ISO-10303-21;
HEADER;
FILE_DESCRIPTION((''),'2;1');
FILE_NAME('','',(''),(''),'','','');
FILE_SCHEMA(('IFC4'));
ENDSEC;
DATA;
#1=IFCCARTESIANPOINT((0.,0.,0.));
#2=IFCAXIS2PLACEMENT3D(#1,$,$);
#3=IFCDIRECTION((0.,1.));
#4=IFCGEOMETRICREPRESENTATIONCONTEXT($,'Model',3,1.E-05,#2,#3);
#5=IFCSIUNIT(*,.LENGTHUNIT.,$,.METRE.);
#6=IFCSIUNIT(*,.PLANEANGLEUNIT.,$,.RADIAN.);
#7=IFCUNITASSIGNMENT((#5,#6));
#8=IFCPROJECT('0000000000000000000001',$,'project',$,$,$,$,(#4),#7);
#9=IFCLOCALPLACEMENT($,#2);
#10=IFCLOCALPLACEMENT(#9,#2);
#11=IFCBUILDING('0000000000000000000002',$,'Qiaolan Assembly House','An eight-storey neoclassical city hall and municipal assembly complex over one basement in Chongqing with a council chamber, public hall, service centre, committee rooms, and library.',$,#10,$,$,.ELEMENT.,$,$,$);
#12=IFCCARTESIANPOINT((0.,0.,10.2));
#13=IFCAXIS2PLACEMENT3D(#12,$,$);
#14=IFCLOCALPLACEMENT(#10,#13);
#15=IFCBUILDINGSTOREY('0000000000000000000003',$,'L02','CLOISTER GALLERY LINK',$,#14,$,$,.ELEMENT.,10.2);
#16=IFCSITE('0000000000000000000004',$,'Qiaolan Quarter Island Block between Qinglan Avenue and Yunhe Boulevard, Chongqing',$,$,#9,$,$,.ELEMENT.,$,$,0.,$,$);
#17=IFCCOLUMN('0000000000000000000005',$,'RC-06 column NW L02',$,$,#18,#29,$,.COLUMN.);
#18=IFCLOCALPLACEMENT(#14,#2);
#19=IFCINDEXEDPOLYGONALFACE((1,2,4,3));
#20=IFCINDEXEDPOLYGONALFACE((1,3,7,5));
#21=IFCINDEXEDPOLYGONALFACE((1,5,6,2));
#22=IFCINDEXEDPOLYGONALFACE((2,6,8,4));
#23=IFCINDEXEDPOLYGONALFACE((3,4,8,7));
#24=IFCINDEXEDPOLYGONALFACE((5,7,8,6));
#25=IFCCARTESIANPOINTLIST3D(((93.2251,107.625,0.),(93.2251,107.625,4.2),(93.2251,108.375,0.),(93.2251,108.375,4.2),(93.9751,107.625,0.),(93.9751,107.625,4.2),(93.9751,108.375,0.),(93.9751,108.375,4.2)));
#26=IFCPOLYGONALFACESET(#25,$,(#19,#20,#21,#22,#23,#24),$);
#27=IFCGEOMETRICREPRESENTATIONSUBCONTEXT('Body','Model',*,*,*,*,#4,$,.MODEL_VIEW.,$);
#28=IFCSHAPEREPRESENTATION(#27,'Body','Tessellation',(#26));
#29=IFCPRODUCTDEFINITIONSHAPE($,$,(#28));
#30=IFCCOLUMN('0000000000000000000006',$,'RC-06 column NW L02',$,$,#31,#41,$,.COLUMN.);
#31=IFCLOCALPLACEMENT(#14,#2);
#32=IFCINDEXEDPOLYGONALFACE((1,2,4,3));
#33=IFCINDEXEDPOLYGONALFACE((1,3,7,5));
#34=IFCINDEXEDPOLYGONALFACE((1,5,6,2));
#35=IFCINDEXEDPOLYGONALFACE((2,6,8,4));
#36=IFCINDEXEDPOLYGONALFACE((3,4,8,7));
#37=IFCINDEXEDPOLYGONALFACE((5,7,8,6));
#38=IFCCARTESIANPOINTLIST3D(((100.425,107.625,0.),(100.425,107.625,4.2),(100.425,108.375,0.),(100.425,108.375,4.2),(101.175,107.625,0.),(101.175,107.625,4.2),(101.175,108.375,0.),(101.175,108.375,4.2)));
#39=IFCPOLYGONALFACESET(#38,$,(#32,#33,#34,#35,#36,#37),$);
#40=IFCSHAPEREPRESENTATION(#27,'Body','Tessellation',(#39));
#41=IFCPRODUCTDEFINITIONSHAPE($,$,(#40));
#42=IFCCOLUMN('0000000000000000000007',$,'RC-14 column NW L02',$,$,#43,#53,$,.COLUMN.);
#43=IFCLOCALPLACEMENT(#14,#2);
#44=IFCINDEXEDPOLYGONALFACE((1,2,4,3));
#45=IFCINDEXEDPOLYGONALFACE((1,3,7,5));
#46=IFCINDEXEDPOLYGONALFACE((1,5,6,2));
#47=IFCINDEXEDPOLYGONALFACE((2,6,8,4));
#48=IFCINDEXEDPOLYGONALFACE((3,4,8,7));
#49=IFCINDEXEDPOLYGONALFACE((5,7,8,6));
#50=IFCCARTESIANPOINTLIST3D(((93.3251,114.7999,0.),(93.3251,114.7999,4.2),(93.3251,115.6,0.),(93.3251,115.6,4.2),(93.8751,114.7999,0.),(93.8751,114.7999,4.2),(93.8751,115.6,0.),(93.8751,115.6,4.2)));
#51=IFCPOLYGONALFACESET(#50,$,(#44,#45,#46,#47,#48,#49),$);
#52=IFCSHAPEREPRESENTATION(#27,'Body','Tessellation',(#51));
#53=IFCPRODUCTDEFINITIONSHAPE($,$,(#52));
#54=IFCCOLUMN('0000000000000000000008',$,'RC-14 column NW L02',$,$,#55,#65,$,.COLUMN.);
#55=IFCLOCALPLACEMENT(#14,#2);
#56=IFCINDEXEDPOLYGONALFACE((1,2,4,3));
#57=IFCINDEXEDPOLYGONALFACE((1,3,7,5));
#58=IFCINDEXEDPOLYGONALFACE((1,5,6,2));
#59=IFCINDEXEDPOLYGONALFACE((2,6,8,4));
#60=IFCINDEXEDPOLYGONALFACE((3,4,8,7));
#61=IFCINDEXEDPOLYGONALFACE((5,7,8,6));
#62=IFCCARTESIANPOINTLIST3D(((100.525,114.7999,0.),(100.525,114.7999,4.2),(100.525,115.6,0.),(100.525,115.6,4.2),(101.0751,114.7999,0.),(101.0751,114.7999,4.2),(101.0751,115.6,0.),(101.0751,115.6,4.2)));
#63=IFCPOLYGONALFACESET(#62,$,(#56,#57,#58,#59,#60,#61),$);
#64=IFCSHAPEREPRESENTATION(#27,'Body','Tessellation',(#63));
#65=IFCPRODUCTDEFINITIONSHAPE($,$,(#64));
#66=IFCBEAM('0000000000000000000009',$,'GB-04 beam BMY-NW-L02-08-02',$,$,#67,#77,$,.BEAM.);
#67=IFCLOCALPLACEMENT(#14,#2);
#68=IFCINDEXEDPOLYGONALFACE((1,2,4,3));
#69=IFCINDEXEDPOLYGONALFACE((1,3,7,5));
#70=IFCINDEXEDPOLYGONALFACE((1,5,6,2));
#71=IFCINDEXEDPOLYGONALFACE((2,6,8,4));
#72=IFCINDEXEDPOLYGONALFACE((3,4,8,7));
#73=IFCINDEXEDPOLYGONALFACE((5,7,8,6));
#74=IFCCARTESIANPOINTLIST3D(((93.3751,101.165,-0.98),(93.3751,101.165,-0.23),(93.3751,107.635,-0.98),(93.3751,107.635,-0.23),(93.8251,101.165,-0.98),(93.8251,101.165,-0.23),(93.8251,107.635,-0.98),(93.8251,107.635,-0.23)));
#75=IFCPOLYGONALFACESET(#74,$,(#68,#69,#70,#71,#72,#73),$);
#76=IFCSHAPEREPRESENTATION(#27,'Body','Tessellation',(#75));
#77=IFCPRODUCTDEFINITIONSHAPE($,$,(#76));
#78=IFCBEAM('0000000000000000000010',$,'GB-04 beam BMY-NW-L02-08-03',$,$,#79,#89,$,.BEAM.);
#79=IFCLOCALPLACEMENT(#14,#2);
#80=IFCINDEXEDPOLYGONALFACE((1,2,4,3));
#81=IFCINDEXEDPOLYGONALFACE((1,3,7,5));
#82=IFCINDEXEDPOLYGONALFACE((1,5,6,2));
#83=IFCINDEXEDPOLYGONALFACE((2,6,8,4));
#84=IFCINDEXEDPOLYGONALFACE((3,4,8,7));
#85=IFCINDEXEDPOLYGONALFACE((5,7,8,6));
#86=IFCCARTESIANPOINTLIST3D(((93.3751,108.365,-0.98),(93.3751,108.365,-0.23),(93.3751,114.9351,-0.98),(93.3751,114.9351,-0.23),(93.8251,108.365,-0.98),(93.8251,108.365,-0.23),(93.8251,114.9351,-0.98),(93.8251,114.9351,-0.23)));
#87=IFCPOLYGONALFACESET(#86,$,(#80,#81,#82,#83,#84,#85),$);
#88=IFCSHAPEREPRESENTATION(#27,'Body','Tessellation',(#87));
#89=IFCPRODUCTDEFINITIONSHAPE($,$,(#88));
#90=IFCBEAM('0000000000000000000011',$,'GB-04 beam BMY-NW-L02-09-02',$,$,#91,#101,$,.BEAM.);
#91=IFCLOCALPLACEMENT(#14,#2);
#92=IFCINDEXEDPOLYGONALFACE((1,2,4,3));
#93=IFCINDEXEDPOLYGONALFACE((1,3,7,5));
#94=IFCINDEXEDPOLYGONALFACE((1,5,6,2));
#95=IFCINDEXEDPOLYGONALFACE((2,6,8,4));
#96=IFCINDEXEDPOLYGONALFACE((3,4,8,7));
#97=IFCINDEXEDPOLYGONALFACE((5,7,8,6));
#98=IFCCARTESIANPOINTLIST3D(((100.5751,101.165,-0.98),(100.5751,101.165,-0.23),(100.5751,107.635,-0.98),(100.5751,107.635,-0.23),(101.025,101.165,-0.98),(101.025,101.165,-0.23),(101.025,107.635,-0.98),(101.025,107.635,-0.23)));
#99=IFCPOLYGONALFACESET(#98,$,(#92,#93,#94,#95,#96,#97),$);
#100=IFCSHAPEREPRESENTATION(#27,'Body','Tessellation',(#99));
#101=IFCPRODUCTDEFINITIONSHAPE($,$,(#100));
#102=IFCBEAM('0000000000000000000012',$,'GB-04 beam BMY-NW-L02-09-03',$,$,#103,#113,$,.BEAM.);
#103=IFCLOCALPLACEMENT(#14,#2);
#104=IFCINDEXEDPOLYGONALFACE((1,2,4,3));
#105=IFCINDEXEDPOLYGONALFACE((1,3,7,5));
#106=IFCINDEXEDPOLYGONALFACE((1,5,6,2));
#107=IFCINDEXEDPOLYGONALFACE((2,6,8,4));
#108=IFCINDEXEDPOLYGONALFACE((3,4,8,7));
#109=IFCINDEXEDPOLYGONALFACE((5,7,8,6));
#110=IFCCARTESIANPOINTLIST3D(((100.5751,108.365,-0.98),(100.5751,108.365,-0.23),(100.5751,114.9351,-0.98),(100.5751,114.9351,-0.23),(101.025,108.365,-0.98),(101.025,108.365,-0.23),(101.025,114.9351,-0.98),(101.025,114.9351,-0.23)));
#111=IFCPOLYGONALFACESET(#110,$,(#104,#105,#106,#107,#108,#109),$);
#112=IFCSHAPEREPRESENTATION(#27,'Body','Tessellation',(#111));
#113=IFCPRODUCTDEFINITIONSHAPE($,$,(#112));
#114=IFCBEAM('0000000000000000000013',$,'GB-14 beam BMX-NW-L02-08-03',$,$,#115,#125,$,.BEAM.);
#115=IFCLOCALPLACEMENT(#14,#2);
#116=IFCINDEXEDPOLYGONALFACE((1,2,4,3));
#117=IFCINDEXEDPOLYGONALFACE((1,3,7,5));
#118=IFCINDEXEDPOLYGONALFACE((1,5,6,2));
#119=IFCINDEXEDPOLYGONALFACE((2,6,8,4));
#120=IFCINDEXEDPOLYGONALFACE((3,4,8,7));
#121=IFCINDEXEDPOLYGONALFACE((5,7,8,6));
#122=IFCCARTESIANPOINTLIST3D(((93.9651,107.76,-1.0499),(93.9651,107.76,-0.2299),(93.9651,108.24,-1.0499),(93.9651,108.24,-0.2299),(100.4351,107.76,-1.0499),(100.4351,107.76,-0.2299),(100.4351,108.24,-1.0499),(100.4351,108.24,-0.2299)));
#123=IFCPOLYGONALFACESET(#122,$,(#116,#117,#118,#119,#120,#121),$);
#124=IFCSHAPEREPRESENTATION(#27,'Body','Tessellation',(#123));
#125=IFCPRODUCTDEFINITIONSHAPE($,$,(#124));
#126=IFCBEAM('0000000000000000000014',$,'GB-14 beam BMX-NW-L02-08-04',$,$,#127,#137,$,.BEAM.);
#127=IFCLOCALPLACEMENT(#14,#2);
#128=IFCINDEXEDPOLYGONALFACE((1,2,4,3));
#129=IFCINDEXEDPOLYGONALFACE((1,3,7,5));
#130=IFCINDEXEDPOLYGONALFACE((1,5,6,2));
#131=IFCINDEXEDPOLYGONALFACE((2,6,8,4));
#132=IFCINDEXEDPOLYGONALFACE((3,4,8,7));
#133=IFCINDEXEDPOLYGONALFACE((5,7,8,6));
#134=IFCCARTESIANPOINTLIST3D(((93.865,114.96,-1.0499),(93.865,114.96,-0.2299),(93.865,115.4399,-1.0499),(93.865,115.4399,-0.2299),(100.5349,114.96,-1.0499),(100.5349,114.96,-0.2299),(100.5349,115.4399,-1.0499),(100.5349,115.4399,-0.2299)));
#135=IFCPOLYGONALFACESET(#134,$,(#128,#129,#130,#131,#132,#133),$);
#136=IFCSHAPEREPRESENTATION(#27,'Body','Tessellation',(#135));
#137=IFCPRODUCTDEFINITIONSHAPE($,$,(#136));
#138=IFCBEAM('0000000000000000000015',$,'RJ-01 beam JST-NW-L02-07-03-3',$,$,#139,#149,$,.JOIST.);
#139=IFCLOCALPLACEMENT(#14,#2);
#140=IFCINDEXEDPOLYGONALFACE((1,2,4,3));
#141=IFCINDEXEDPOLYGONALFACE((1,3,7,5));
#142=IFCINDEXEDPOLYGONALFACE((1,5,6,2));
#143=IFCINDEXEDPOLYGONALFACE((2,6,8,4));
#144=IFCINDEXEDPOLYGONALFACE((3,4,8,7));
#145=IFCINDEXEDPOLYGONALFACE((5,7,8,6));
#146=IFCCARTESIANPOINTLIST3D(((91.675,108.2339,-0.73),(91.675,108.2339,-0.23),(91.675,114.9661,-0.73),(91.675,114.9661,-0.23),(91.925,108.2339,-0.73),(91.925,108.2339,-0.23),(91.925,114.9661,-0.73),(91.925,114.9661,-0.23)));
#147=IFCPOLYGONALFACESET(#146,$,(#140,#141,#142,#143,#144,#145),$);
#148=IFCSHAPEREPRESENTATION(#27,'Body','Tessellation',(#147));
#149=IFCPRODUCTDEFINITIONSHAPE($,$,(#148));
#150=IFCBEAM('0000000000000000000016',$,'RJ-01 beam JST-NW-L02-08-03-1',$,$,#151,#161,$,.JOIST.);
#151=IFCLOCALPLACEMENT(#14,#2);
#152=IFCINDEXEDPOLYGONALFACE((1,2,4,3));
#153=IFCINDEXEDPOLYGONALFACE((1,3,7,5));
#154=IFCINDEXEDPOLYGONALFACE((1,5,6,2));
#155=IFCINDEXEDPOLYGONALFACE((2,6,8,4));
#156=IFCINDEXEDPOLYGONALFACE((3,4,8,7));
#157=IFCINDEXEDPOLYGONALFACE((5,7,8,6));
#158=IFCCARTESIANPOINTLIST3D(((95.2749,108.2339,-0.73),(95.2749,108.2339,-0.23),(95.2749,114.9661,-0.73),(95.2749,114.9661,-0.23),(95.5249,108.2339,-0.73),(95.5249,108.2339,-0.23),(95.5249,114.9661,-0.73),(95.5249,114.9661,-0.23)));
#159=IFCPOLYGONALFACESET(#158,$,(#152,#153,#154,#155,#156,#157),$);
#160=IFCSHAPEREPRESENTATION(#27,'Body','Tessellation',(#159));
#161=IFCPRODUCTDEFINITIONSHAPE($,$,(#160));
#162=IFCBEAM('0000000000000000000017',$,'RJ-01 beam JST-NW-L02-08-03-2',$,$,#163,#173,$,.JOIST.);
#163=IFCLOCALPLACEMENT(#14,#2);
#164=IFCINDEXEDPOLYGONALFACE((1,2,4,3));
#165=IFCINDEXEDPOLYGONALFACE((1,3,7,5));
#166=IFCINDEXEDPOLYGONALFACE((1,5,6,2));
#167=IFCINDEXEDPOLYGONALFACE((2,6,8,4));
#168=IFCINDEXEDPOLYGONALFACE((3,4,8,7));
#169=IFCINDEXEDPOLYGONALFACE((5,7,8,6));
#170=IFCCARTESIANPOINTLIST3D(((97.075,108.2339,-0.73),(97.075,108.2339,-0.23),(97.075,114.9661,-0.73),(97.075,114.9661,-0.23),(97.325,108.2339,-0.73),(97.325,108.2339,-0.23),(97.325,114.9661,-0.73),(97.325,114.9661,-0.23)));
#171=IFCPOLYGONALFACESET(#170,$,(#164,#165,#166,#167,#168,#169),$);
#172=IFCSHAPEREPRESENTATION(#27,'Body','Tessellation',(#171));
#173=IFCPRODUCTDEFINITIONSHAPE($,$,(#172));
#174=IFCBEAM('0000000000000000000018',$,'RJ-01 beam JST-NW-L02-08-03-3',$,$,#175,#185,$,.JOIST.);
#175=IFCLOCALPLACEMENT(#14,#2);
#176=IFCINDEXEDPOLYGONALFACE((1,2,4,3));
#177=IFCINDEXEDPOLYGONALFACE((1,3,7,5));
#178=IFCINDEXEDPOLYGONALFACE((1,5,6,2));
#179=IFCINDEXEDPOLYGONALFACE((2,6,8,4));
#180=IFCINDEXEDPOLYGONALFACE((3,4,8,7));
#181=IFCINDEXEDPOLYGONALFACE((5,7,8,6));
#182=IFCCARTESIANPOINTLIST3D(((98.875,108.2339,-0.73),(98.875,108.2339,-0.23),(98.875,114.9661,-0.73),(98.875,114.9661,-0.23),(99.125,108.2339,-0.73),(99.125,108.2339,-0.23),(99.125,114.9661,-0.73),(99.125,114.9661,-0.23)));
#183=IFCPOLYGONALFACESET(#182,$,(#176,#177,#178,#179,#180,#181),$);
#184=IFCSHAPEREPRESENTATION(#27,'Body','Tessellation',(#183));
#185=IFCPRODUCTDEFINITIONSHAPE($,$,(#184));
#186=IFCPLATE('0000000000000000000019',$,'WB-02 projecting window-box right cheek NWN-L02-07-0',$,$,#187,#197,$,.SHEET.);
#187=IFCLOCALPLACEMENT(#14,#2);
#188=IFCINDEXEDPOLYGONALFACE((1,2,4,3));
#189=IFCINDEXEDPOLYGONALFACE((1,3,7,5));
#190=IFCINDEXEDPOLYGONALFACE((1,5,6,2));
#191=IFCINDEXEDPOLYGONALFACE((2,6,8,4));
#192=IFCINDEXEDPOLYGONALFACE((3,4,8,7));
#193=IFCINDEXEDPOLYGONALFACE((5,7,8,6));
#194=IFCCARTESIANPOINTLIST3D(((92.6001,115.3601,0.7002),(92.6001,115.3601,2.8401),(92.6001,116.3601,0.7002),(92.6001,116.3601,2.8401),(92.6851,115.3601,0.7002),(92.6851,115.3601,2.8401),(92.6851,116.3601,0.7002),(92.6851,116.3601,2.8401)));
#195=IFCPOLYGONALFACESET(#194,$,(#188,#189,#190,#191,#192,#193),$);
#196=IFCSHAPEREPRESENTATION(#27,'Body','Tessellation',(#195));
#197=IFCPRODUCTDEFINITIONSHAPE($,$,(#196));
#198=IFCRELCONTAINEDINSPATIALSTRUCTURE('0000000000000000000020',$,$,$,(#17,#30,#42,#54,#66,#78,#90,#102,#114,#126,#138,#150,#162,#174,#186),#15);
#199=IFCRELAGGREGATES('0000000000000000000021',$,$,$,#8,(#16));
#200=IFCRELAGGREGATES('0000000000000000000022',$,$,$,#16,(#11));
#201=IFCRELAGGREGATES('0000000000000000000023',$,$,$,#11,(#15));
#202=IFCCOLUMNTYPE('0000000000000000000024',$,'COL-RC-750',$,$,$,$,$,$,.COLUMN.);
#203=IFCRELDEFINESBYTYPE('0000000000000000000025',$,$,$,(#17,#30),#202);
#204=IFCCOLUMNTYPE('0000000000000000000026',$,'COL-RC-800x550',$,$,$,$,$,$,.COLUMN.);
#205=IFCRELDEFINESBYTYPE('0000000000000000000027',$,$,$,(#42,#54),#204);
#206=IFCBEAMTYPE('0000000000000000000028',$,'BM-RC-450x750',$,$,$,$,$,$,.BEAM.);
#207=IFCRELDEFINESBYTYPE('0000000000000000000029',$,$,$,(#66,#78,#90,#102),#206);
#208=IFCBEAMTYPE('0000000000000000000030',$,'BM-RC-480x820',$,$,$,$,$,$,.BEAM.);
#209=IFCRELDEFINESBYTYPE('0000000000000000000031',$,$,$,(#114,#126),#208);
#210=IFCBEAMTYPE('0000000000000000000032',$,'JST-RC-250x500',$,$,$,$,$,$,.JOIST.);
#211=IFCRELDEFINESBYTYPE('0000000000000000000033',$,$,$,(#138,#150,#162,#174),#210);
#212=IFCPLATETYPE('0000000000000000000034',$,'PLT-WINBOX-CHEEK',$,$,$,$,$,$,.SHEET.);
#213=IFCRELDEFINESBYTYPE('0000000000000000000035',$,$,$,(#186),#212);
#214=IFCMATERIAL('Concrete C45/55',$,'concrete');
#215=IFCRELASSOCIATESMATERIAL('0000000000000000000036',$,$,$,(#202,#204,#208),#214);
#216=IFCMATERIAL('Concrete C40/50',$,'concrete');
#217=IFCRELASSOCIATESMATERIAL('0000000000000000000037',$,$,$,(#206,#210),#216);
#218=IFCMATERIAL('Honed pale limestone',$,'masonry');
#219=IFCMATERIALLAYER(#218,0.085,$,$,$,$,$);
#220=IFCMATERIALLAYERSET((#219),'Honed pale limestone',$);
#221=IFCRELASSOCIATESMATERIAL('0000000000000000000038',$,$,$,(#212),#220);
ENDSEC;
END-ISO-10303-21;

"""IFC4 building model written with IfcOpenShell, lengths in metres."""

from ifc_helpers import new_model, si_unit, direction, frame, origin, origin_2d, place, context, subcontext, project, spatial, rectangle, extrude, material, layer, layer_set, material_profile, profile_set, type_object, element, save


model = new_model("IFC4")

# Units and contexts
model_context = context("Model", 3, precision=1e-05, world=origin(), true_north=direction((0.0, 1.0)))
body_context = subcontext(model_context, "Body", "Model", "MODEL_VIEW")
ifc_project = project(units=[si_unit("LENGTHUNIT", "METRE"), si_unit("PLANEANGLEUNIT", "RADIAN")], contexts=[model_context])

# Site, building, storey
site_placement = place(None, origin())
site = spatial("IfcSite", under=ifc_project, at=site_placement, Name="Qiaolan Quarter Island Block between Qinglan Avenue and Yunhe Boulevard, Chongqing", CompositionType="ELEMENT", RefElevation=0.0)
building_placement = place(site_placement, origin())
building = spatial("IfcBuilding", under=site, at=building_placement, Name="Qiaolan Assembly House", Description="An eight-storey neoclassical city hall and municipal assembly complex over one basement in Chongqing with a council chamber, public hall, service centre, committee rooms, and library.", CompositionType="ELEMENT")
storey_placement = place(building_placement, frame((0.0, 0.0, 10.2)))
storey = spatial("IfcBuildingStorey", under=building, at=storey_placement, Name="L02", Description="CLOISTER GALLERY LINK", CompositionType="ELEMENT", Elevation=10.2)

# Columns
ifc_material_1 = material(Name="Concrete C45/55", Category="concrete")
ifc_material_profile_1 = material_profile(ifc_material_1, rectangle(XDim=0.75, YDim=0.75, at=origin_2d()), Name="RC 750x750")
ifc_profile_set_1 = profile_set([ifc_material_profile_1], Name="Concrete C45/55")
column_type_1 = type_object("IfcColumnType", Name="COL-RC-750", PredefinedType="COLUMN", material=ifc_profile_set_1)
for number, where, z_axis, x_axis, name in (
    (1, (93.6001, 108.0, 0.0), (0.0, 0.0, 1.0), (1.0, 0.0, 0.0), "RC-06 column NW L02"),
    (2, (100.8, 108.0, 0.0), (0.0, 0.0, 1.0), (1.0, 0.0, 0.0), "RC-06 column NW L02"),
):
    element("IfcColumn", number, at=place(storey_placement, frame(where, z_axis=z_axis, x_axis=x_axis)), inside=storey, type_object=column_type_1, Name=name, PredefinedType="COLUMN", context=body_context, shape_type="SweptSolid", body=[
        extrude(rectangle(XDim=0.75, YDim=0.75, at=origin_2d()), origin(), (0.0, 0.0, 1.0), 4.2),
    ])
ifc_material_profile_2 = material_profile(ifc_material_1, rectangle(XDim=0.55, YDim=0.8, at=origin_2d()), Name="RC 800x550")
ifc_profile_set_2 = profile_set([ifc_material_profile_2], Name="Concrete C45/55")
column_type_2 = type_object("IfcColumnType", Name="COL-RC-800x550", PredefinedType="COLUMN", material=ifc_profile_set_2)
for number, where, z_axis, x_axis, name in (
    (3, (93.6001, 115.2, 0.0), (0.0, 0.0, 1.0), (1.0, 0.0, 0.0), "RC-14 column NW L02"),
    (4, (100.8, 115.2, 0.0), (0.0, 0.0, 1.0), (1.0, 0.0, 0.0), "RC-14 column NW L02"),
):
    element("IfcColumn", number, at=place(storey_placement, frame(where, z_axis=z_axis, x_axis=x_axis)), inside=storey, type_object=column_type_2, Name=name, PredefinedType="COLUMN", context=body_context, shape_type="SweptSolid", body=[
        extrude(rectangle(XDim=0.55, YDim=0.8, at=origin_2d()), origin(), (0.0, 0.0, 1.0), 4.2),
    ])

# Beams
ifc_material_2 = material(Name="Concrete C40/50", Category="concrete")
ifc_material_profile_3 = material_profile(ifc_material_2, rectangle(XDim=0.45, YDim=0.75, at=origin_2d()), Name="RCB 450x750")
ifc_profile_set_3 = profile_set([ifc_material_profile_3], Name="Concrete C40/50")
beam_type_1 = type_object("IfcBeamType", Name="BM-RC-450x750", PredefinedType="BEAM", material=ifc_profile_set_3)
beam_1_placement = place(storey_placement, frame((93.6001, 101.165, -0.605), z_axis=(0.0, 1.0, 0.0), x_axis=(-1.0, 0.0, 0.0)))
element("IfcBeam", 5, at=beam_1_placement, inside=storey, type_object=beam_type_1, Name="GB-04 beam BMY-NW-L02-08-02", PredefinedType="BEAM", context=body_context, shape_type="SweptSolid", body=[
    extrude(rectangle(XDim=0.45, YDim=0.75, at=origin_2d()), origin(), (0.0, 0.0, 1.0), 6.47),
])
beam_2_placement = place(storey_placement, frame((93.6001, 108.365, -0.605), z_axis=(0.0, 1.0, 0.0), x_axis=(-1.0, 0.0, 0.0)))
element("IfcBeam", 6, at=beam_2_placement, inside=storey, type_object=beam_type_1, Name="GB-04 beam BMY-NW-L02-08-03", PredefinedType="BEAM", context=body_context, shape_type="SweptSolid", body=[
    extrude(rectangle(XDim=0.45, YDim=0.75, at=origin_2d()), origin(), (0.0, 0.0, 1.0), 6.5701),
])
beam_3_placement = place(storey_placement, frame((100.8, 101.165, -0.605), z_axis=(0.0, 1.0, 0.0), x_axis=(-1.0, 0.0, 0.0)))
element("IfcBeam", 7, at=beam_3_placement, inside=storey, type_object=beam_type_1, Name="GB-04 beam BMY-NW-L02-09-02", PredefinedType="BEAM", context=body_context, shape_type="SweptSolid", body=[
    extrude(rectangle(XDim=0.45, YDim=0.75, at=origin_2d()), origin(), (0.0, 0.0, 1.0), 6.47),
])
beam_4_placement = place(storey_placement, frame((100.8, 108.365, -0.605), z_axis=(0.0, 1.0, 0.0), x_axis=(-1.0, 0.0, 0.0)))
element("IfcBeam", 8, at=beam_4_placement, inside=storey, type_object=beam_type_1, Name="GB-04 beam BMY-NW-L02-09-03", PredefinedType="BEAM", context=body_context, shape_type="SweptSolid", body=[
    extrude(rectangle(XDim=0.45, YDim=0.75, at=origin_2d()), origin(), (0.0, 0.0, 1.0), 6.5701),
])
ifc_material_profile_4 = material_profile(ifc_material_1, rectangle(XDim=0.48, YDim=0.8201, at=origin_2d()), Name="RCB 480x820")
ifc_profile_set_4 = profile_set([ifc_material_profile_4], Name="Concrete C45/55")
beam_type_2 = type_object("IfcBeamType", Name="BM-RC-480x820", PredefinedType="BEAM", material=ifc_profile_set_4)
beam_5_placement = place(storey_placement, frame((93.9651, 108.0, -0.6399), z_axis=(1.0, 0.0, 0.0), x_axis=(0.0, 1.0, 0.0)))
element("IfcBeam", 9, at=beam_5_placement, inside=storey, type_object=beam_type_2, Name="GB-14 beam BMX-NW-L02-08-03", PredefinedType="BEAM", context=body_context, shape_type="SweptSolid", body=[
    extrude(rectangle(XDim=0.48, YDim=0.8201, at=origin_2d()), origin(), (0.0, 0.0, 1.0), 6.47),
])
beam_6_placement = place(storey_placement, frame((93.865, 115.2, -0.6399), z_axis=(1.0, 0.0, 0.0), x_axis=(0.0, 1.0, 0.0)))
element("IfcBeam", 10, at=beam_6_placement, inside=storey, type_object=beam_type_2, Name="GB-14 beam BMX-NW-L02-08-04", PredefinedType="BEAM", context=body_context, shape_type="SweptSolid", body=[
    extrude(rectangle(XDim=0.48, YDim=0.8201, at=origin_2d()), origin(), (0.0, 0.0, 1.0), 6.6699),
])
ifc_material_profile_5 = material_profile(ifc_material_2, rectangle(XDim=0.25, YDim=0.5, at=origin_2d()), Name="RCB 250x500")
ifc_profile_set_5 = profile_set([ifc_material_profile_5], Name="Concrete C40/50")
beam_type_3 = type_object("IfcBeamType", Name="JST-RC-250x500", PredefinedType="JOIST", material=ifc_profile_set_5)
for number, where, z_axis, x_axis, name in (
    (11, (91.8, 108.2339, -0.48), (0.0, 1.0, 0.0), (-1.0, 0.0, 0.0), "RJ-01 beam JST-NW-L02-07-03-3"),
    (12, (95.3999, 108.2339, -0.48), (0.0, 1.0, 0.0), (-1.0, 0.0, 0.0), "RJ-01 beam JST-NW-L02-08-03-1"),
    (13, (97.2, 108.2339, -0.48), (0.0, 1.0, 0.0), (-1.0, 0.0, 0.0), "RJ-01 beam JST-NW-L02-08-03-2"),
    (14, (99.0, 108.2339, -0.48), (0.0, 1.0, 0.0), (-1.0, 0.0, 0.0), "RJ-01 beam JST-NW-L02-08-03-3"),
):
    element("IfcBeam", number, at=place(storey_placement, frame(where, z_axis=z_axis, x_axis=x_axis)), inside=storey, type_object=beam_type_3, Name=name, PredefinedType="JOIST", context=body_context, shape_type="SweptSolid", body=[
        extrude(rectangle(XDim=0.25, YDim=0.5, at=origin_2d()), origin(), (0.0, 0.0, 1.0), 6.7322),
    ])

# Plate
ifc_material_3 = material(Name="Honed pale limestone", Category="masonry")
ifc_layer_1 = layer(ifc_material_3, 0.085)
ifc_layer_set_1 = layer_set([ifc_layer_1], Name="Honed pale limestone")
plate_type = type_object("IfcPlateType", Name="PLT-WINBOX-CHEEK", PredefinedType="SHEET", material=ifc_layer_set_1)
for number, where, z_axis, x_axis, name in (
    (15, (92.6426, 115.8601, 0.7002), (0.0, 0.0, 1.0), (1.0, 0.0, 0.0), "WB-02 projecting window-box right cheek NWN-L02-07-0"),
):
    element("IfcPlate", number, at=place(storey_placement, frame(where, z_axis=z_axis, x_axis=x_axis)), inside=storey, type_object=plate_type, Name=name, PredefinedType="SHEET", context=body_context, shape_type="SweptSolid", body=[
        extrude(rectangle(XDim=0.085, YDim=1.0, at=origin_2d()), origin(), (0.0, 0.0, 1.0), 2.1399),
    ])

save(model, "model.ifc")
